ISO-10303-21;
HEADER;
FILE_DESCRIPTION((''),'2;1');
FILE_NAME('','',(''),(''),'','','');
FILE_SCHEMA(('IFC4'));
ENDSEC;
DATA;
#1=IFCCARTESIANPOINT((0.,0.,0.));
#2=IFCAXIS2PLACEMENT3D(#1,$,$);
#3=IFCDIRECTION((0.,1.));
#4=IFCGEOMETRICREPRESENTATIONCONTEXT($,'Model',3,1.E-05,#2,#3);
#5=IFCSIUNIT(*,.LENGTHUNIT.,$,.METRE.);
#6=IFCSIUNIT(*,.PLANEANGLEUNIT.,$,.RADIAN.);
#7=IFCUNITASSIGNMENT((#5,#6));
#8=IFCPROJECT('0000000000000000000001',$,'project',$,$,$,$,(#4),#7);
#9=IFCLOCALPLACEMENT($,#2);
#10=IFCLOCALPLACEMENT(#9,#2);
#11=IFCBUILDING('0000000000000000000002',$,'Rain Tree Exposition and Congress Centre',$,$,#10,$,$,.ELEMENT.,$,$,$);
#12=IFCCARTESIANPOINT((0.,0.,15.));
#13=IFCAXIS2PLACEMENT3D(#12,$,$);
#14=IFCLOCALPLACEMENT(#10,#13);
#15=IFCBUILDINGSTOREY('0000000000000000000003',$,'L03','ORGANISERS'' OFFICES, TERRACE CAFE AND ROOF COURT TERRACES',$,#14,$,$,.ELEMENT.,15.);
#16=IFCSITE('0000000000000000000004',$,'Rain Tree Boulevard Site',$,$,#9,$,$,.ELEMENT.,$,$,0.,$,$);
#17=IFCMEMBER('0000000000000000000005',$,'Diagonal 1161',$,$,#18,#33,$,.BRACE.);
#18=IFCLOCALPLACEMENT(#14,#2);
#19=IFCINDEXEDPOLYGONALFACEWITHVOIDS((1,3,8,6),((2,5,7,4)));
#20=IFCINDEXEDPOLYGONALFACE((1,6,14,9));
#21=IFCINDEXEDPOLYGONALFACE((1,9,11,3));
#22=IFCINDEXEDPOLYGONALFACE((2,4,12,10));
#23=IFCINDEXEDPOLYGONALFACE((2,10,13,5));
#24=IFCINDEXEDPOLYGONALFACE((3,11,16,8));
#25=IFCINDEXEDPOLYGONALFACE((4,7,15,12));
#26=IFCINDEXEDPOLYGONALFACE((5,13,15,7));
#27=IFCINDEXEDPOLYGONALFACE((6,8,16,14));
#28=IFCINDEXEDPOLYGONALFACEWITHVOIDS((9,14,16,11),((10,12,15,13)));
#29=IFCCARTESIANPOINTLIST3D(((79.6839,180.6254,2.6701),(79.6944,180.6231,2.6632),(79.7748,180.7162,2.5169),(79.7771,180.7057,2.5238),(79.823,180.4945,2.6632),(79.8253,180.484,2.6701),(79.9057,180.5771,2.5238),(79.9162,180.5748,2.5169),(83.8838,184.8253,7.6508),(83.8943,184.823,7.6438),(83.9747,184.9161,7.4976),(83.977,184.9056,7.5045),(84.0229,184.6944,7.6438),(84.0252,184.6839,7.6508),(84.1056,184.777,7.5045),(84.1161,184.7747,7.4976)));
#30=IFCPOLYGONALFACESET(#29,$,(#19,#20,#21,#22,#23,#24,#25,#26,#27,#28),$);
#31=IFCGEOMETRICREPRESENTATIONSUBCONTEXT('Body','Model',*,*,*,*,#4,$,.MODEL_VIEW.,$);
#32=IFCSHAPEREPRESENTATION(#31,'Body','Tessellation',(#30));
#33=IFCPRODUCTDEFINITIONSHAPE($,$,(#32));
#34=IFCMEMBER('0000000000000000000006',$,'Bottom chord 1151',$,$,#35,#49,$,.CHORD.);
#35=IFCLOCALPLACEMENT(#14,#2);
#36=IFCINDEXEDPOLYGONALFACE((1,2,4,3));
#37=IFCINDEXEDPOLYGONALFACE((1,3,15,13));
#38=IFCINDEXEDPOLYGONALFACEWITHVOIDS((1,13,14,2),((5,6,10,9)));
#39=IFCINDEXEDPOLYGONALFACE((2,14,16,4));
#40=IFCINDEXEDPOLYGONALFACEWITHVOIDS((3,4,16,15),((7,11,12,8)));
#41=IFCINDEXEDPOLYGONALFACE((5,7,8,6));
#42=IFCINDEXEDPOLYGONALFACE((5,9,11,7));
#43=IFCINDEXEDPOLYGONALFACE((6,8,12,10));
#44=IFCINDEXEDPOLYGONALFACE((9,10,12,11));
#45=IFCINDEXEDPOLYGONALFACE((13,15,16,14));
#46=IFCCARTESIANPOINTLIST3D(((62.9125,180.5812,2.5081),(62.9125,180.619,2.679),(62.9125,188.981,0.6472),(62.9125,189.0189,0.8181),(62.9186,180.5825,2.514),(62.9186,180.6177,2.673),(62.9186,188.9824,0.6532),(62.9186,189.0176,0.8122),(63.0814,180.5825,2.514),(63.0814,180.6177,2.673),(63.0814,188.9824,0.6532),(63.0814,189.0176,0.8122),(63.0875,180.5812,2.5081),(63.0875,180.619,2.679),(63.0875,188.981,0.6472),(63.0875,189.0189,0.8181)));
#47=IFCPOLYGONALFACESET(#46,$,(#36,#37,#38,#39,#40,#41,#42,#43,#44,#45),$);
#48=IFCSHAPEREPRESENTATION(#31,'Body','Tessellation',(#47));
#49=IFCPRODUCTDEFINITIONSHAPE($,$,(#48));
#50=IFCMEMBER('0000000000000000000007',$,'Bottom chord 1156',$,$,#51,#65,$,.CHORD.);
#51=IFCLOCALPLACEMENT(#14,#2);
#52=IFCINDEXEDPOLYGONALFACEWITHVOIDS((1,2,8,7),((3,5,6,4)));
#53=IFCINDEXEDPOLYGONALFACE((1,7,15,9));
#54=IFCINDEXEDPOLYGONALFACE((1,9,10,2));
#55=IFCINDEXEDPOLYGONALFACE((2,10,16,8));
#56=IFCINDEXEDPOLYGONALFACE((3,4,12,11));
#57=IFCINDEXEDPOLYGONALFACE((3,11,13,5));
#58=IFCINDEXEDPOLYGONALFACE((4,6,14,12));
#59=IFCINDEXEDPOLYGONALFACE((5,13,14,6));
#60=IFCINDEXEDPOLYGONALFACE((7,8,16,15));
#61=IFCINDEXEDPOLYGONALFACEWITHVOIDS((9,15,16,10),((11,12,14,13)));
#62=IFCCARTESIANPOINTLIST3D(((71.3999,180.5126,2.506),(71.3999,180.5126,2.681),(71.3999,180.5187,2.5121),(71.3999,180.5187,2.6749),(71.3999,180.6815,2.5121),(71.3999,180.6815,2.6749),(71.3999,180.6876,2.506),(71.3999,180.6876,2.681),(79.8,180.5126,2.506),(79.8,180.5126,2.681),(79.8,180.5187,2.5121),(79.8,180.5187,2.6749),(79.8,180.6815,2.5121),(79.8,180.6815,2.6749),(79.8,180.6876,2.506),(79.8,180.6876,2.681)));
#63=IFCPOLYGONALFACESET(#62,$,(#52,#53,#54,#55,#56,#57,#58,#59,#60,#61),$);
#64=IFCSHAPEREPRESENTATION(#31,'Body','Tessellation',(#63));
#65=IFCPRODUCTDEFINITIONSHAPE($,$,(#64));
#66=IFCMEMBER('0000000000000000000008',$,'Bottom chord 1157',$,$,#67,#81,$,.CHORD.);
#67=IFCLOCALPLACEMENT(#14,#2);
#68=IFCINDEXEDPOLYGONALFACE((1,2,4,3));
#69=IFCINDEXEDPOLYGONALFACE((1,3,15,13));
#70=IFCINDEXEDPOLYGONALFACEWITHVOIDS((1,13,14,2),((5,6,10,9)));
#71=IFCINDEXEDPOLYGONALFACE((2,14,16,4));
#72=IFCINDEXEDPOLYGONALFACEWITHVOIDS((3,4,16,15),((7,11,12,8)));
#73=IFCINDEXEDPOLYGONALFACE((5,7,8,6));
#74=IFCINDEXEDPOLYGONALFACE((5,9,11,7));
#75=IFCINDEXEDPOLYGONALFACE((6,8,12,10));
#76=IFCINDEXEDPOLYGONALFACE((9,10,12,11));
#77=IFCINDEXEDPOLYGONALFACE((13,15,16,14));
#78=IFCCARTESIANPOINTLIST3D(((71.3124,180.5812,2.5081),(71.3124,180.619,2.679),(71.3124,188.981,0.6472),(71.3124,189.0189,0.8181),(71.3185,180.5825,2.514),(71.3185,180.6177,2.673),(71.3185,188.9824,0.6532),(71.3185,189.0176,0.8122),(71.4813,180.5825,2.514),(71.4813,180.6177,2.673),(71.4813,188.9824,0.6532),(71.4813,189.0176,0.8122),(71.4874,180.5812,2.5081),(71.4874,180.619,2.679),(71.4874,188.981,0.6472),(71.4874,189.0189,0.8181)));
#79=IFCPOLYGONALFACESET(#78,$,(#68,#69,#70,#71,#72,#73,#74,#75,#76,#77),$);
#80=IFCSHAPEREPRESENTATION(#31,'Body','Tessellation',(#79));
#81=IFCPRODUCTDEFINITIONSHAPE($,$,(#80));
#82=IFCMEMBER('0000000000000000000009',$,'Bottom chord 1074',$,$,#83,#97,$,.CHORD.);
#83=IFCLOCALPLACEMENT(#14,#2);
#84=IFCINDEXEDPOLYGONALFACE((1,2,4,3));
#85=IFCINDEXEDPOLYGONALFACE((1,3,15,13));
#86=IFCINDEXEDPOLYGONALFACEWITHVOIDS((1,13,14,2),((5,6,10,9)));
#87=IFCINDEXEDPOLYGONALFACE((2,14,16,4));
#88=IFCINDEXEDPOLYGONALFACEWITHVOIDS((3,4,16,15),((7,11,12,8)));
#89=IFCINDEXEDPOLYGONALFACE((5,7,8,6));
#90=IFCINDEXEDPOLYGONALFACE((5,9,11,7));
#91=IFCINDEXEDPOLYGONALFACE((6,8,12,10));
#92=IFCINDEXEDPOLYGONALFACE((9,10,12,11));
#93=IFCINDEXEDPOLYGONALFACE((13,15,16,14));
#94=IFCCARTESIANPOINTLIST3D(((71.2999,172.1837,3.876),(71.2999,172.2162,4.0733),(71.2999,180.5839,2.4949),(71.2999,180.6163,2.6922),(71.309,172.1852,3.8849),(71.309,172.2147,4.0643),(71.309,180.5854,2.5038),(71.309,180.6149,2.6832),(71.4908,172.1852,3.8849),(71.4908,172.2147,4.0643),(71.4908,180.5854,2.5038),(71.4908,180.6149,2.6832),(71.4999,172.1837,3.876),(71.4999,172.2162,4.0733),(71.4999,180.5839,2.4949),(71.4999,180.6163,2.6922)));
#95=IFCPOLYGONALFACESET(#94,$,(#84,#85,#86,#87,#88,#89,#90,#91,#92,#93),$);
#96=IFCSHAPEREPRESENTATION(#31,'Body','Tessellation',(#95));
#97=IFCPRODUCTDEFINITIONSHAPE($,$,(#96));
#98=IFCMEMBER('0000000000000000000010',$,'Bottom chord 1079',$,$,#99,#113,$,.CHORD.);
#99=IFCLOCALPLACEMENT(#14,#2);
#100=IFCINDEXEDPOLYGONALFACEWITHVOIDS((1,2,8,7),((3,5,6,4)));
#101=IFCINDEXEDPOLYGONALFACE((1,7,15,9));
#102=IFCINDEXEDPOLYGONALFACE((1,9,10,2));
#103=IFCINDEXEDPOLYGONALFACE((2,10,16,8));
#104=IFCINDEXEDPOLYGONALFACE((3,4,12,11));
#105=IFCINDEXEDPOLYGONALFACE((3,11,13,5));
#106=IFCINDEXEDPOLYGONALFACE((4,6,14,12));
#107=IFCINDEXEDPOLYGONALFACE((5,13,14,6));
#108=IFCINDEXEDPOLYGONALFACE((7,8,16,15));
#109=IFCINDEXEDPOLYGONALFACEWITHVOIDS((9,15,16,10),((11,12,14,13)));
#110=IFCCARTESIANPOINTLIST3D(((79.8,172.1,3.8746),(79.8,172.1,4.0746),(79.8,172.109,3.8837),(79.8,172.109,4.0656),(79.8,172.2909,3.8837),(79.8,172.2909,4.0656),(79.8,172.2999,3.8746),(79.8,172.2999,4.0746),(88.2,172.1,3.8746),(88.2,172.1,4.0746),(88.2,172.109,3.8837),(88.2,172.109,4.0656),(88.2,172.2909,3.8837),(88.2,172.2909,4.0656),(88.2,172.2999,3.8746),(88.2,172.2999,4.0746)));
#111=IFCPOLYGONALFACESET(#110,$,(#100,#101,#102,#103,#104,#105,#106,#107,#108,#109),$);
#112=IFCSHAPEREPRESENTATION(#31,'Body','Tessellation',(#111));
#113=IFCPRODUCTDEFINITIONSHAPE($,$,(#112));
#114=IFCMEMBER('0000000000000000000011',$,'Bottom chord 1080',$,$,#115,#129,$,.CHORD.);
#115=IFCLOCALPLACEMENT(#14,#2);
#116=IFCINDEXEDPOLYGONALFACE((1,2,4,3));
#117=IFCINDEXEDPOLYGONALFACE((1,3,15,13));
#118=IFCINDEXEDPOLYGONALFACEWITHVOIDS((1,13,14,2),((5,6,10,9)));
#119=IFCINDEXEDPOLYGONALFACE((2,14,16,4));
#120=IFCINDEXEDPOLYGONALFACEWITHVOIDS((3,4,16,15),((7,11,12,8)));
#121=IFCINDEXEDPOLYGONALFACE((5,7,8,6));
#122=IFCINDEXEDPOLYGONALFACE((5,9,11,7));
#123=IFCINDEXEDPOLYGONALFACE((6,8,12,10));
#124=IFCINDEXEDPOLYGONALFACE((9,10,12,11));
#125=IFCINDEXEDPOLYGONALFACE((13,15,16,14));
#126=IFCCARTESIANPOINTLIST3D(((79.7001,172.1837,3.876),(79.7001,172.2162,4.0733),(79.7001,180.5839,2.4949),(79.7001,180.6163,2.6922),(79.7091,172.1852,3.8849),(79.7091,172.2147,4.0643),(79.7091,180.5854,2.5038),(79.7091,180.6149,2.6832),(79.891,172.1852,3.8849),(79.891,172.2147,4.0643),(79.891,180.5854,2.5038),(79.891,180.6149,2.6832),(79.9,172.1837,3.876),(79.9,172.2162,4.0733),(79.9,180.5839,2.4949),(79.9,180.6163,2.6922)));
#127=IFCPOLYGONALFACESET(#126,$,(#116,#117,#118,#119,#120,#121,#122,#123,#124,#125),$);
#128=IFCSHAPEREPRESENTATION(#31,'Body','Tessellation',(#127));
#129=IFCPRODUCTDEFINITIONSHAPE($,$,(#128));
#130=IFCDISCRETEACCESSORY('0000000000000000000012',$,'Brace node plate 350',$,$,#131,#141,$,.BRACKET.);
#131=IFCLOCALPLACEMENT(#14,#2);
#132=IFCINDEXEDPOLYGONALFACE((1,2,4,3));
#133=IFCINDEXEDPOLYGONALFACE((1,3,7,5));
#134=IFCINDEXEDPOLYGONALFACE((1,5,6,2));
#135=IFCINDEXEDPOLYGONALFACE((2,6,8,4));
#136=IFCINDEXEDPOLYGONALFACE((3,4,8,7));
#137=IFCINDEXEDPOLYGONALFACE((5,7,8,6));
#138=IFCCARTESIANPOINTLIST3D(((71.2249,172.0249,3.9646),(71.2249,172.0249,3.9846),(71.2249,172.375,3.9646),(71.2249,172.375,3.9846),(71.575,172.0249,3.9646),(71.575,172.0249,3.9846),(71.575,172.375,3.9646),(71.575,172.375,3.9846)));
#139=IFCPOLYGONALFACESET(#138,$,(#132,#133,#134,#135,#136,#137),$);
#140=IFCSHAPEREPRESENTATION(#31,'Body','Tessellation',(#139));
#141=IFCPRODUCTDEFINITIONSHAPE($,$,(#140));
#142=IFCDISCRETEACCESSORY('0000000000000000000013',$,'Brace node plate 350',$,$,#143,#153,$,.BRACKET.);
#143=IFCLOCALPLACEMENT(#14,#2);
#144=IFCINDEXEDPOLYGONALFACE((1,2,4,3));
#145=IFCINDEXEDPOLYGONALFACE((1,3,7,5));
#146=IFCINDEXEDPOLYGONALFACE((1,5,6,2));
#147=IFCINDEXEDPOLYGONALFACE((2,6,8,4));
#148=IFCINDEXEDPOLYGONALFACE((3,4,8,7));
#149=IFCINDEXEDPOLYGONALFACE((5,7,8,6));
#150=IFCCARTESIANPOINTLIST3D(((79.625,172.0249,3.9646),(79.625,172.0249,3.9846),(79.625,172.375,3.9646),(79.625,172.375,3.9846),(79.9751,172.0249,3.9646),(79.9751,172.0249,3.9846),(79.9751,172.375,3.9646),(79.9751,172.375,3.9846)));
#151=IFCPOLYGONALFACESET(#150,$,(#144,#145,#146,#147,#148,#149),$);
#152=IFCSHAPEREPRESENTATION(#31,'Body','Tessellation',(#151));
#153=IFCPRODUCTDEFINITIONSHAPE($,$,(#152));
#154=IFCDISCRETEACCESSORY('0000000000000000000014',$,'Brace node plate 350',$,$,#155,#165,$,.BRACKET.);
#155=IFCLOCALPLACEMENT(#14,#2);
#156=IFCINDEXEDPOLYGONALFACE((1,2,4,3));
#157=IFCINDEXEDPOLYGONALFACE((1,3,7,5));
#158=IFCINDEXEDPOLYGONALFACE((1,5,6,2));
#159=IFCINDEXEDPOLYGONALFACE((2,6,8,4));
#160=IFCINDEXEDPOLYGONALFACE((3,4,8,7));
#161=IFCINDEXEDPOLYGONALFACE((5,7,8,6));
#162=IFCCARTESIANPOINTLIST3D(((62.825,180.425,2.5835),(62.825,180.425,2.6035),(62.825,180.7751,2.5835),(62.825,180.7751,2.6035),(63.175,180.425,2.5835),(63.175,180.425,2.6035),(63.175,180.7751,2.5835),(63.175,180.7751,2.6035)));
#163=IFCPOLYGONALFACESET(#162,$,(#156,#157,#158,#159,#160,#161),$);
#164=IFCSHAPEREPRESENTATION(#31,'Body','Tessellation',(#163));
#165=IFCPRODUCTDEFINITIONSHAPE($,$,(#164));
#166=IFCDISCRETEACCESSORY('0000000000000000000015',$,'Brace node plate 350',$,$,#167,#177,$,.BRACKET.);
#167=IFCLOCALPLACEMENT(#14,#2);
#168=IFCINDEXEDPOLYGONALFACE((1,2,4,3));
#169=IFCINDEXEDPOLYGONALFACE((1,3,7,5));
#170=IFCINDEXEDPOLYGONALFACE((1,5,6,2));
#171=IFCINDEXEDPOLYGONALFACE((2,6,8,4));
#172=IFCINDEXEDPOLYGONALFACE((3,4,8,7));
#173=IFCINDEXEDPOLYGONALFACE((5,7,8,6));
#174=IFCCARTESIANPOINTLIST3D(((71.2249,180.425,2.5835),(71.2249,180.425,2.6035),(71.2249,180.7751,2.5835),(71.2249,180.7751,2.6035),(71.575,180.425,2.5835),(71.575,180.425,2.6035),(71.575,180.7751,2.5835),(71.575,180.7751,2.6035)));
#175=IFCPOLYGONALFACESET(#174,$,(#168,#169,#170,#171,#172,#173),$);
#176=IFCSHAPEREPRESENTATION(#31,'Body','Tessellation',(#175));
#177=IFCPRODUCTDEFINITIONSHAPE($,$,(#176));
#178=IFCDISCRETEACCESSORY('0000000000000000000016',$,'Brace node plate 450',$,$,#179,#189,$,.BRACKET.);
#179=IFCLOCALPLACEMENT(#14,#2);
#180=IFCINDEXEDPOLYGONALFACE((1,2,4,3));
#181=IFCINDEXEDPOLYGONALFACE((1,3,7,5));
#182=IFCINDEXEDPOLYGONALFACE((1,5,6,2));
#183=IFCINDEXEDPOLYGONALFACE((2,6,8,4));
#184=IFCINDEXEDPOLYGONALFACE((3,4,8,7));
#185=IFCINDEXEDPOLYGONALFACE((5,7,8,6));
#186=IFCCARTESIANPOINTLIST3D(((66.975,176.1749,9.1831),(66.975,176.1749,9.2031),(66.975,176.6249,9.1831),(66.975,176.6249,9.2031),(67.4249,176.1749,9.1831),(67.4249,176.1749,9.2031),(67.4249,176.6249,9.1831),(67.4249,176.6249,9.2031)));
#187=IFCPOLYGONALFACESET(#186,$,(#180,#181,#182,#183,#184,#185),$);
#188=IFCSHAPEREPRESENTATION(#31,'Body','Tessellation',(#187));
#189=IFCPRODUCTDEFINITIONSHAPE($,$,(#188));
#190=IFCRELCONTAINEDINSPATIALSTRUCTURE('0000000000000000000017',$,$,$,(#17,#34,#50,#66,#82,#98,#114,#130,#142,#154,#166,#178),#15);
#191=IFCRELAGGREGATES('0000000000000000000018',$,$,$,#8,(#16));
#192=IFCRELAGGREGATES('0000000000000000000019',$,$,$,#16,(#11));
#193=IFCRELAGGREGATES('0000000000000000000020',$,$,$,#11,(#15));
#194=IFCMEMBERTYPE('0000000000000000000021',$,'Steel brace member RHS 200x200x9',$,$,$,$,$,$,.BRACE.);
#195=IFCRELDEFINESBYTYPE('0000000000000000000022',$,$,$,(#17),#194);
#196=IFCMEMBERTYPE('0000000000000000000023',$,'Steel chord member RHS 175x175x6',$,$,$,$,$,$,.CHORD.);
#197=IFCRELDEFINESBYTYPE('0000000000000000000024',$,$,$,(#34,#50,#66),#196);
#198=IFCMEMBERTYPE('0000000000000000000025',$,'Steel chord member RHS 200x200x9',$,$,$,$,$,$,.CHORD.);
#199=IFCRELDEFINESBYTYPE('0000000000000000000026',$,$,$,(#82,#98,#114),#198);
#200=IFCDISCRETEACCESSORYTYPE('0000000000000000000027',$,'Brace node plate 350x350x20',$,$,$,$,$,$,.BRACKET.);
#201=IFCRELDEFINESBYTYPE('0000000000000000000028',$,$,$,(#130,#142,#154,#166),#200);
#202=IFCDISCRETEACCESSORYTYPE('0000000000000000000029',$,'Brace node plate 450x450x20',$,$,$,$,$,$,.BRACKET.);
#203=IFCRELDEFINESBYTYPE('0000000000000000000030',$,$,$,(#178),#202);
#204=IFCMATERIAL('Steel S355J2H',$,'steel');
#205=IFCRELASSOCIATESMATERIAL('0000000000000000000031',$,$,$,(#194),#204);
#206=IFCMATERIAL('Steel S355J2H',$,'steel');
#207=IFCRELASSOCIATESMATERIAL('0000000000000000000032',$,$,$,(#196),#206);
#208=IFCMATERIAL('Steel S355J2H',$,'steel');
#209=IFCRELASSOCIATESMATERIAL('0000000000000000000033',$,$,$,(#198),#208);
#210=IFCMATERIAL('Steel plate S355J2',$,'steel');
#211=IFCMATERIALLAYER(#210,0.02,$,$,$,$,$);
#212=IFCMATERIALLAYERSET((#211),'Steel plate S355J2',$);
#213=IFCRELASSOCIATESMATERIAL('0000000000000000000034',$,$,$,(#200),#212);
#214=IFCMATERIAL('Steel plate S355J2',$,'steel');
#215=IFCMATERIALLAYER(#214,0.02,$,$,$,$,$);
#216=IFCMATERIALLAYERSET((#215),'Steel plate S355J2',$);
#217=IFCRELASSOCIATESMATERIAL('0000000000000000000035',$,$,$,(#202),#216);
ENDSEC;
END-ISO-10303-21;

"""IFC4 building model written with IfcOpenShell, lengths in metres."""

from ifc_helpers import new_model, si_unit, direction, frame, origin, origin_2d, place, context, subcontext, project, spatial, rectangle, hollow_rectangle, extrude, material, layer, layer_set, material_profile, profile_set, type_object, element, save


model = new_model("IFC4")

# Units and contexts
model_context = context("Model", 3, precision=1e-05, world=origin(), true_north=direction((0.0, 1.0)))
body_context = subcontext(model_context, "Body", "Model", "MODEL_VIEW")
ifc_project = project(units=[si_unit("LENGTHUNIT", "METRE"), si_unit("PLANEANGLEUNIT", "RADIAN")], contexts=[model_context])

# Site, building, storey
site_placement = place(None, origin())
site = spatial("IfcSite", under=ifc_project, at=site_placement, Name="Rain Tree Boulevard Site", CompositionType="ELEMENT", RefElevation=0.0)
building_placement = place(site_placement, origin())
building = spatial("IfcBuilding", under=site, at=building_placement, Name="Rain Tree Exposition and Congress Centre", CompositionType="ELEMENT")
storey_placement = place(building_placement, frame((0.0, 0.0, 15.0)))
storey = spatial("IfcBuildingStorey", under=building, at=storey_placement, Name="L03", Description="ORGANISERS' OFFICES, TERRACE CAFE AND ROOF COURT TERRACES", CompositionType="ELEMENT", Elevation=15.0)

# Members
ifc_material_1 = material(Name="Steel S355J2H", Category="steel")
ifc_material_profile_1 = material_profile(ifc_material_1, hollow_rectangle(XDim=0.2, YDim=0.2, WallThickness=0.009, at=origin_2d()), Name="RHS 200x200x9")
ifc_profile_set_1 = profile_set([ifc_material_profile_1], Name="Steel S355J2H")
member_type_1 = type_object("IfcMemberType", Name="Steel brace member RHS 200x200x9", PredefinedType="BRACE", material=ifc_profile_set_1)
for number, where, z_axis, x_axis, name in (
    (1, (79.8, 180.6001, 2.5935), (0.54182, 0.54182, 0.642543), (-0.707107, 0.707107, 0.0), "Diagonal 1161"),
):
    element("IfcMember", number, at=place(storey_placement, frame(where, z_axis=z_axis, x_axis=x_axis)), inside=storey, type_object=member_type_1, Name=name, PredefinedType="BRACE", context=body_context, shape_type="SweptSolid", body=[
        extrude(hollow_rectangle(XDim=0.2, YDim=0.2, WallThickness=0.009, at=origin_2d()), origin(), (0.0, 0.0, 1.0), 7.7515),
    ])
ifc_material_2 = material(Name="Steel S355J2H", Category="steel")
ifc_material_profile_2 = material_profile(ifc_material_2, hollow_rectangle(XDim=0.175, YDim=0.175, WallThickness=0.0061, at=origin_2d()), Name="RHS 175x175x6")
ifc_profile_set_2 = profile_set([ifc_material_profile_2], Name="Steel S355J2H")
member_type_2 = type_object("IfcMemberType", Name="Steel chord member RHS 175x175x6", PredefinedType="CHORD", material=ifc_profile_set_2)
member_1_placement = place(storey_placement, frame((63.0, 180.6001, 2.5935), z_axis=(0.0, 0.97633, -0.216287), x_axis=(-1.0, 0.0, 0.0)))
element("IfcMember", 2, at=member_1_placement, inside=storey, type_object=member_type_2, Name="Bottom chord 1151", PredefinedType="CHORD", context=body_context, shape_type="SweptSolid", body=[
    extrude(hollow_rectangle(XDim=0.175, YDim=0.175, WallThickness=0.0061, at=origin_2d()), origin(), (0.0, 0.0, 1.0), 8.6035),
])
member_2_placement = place(storey_placement, frame((71.3999, 180.6001, 2.5935), z_axis=(1.0, 0.0, 0.0), x_axis=(0.0, 1.0, 0.0)))
element("IfcMember", 3, at=member_2_placement, inside=storey, type_object=member_type_2, Name="Bottom chord 1156", PredefinedType="CHORD", context=body_context, shape_type="SweptSolid", body=[
    extrude(hollow_rectangle(XDim=0.175, YDim=0.175, WallThickness=0.0061, at=origin_2d()), origin(), (0.0, 0.0, 1.0), 8.4001),
])
member_3_placement = place(storey_placement, frame((71.3999, 180.6001, 2.5935), z_axis=(0.0, 0.97633, -0.216287), x_axis=(-1.0, 0.0, 0.0)))
element("IfcMember", 4, at=member_3_placement, inside=storey, type_object=member_type_2, Name="Bottom chord 1157", PredefinedType="CHORD", context=body_context, shape_type="SweptSolid", body=[
    extrude(hollow_rectangle(XDim=0.175, YDim=0.175, WallThickness=0.0061, at=origin_2d()), origin(), (0.0, 0.0, 1.0), 8.6035),
])
ifc_material_3 = material(Name="Steel S355J2H", Category="steel")
ifc_material_profile_3 = material_profile(ifc_material_3, hollow_rectangle(XDim=0.2, YDim=0.2, WallThickness=0.009, at=origin_2d()), Name="RHS 200x200x9")
ifc_profile_set_3 = profile_set([ifc_material_profile_3], Name="Steel S355J2H")
member_type_3 = type_object("IfcMemberType", Name="Steel chord member RHS 200x200x9", PredefinedType="CHORD", material=ifc_profile_set_3)
member_4_placement = place(storey_placement, frame((71.3999, 172.2, 3.9746), z_axis=(0.0, 0.986752, -0.162236), x_axis=(-1.0, 0.0, 0.0)))
element("IfcMember", 5, at=member_4_placement, inside=storey, type_object=member_type_3, Name="Bottom chord 1074", PredefinedType="CHORD", context=body_context, shape_type="SweptSolid", body=[
    extrude(hollow_rectangle(XDim=0.2, YDim=0.2, WallThickness=0.009, at=origin_2d()), origin(), (0.0, 0.0, 1.0), 8.5129),
])
member_5_placement = place(storey_placement, frame((79.8, 172.2, 3.9746), z_axis=(1.0, 0.0, 0.0), x_axis=(0.0, 1.0, 0.0)))
element("IfcMember", 6, at=member_5_placement, inside=storey, type_object=member_type_3, Name="Bottom chord 1079", PredefinedType="CHORD", context=body_context, shape_type="SweptSolid", body=[
    extrude(hollow_rectangle(XDim=0.2, YDim=0.2, WallThickness=0.009, at=origin_2d()), origin(), (0.0, 0.0, 1.0), 8.3999),
])
member_6_placement = place(storey_placement, frame((79.8, 172.2, 3.9746), z_axis=(0.0, 0.986752, -0.162236), x_axis=(-1.0, 0.0, 0.0)))
element("IfcMember", 7, at=member_6_placement, inside=storey, type_object=member_type_3, Name="Bottom chord 1080", PredefinedType="CHORD", context=body_context, shape_type="SweptSolid", body=[
    extrude(hollow_rectangle(XDim=0.2, YDim=0.2, WallThickness=0.009, at=origin_2d()), origin(), (0.0, 0.0, 1.0), 8.5129),
])

# Discrete accessories
ifc_material_4 = material(Name="Steel plate S355J2", Category="steel")
ifc_layer_1 = layer(ifc_material_4, 0.02)
ifc_layer_set_1 = layer_set([ifc_layer_1], Name="Steel plate S355J2")
discrete_accessory_type_1 = type_object("IfcDiscreteAccessoryType", Name="Brace node plate 350x350x20", PredefinedType="BRACKET", material=ifc_layer_set_1)
for number, where, z_axis, x_axis, name in (
    (8, (71.3999, 172.2, 3.9646), (0.0, 0.0, 1.0), (1.0, 0.0, 0.0), "Brace node plate 350"),
    (9, (79.8, 172.2, 3.9646), (0.0, 0.0, 1.0), (1.0, 0.0, 0.0), "Brace node plate 350"),
    (10, (63.0, 180.6001, 2.5835), (0.0, 0.0, 1.0), (1.0, 0.0, 0.0), "Brace node plate 350"),
    (11, (71.3999, 180.6001, 2.5835), (0.0, 0.0, 1.0), (1.0, 0.0, 0.0), "Brace node plate 350"),
):
    element("IfcDiscreteAccessory", number, at=place(storey_placement, frame(where, z_axis=z_axis, x_axis=x_axis)), inside=storey, type_object=discrete_accessory_type_1, Name=name, PredefinedType="BRACKET", context=body_context, shape_type="SweptSolid", body=[
        extrude(rectangle(XDim=0.3501, YDim=0.3501, at=origin_2d()), origin(), (0.0, 0.0, 1.0), 0.02),
    ])
ifc_material_5 = material(Name="Steel plate S355J2", Category="steel")
ifc_layer_2 = layer(ifc_material_5, 0.02)
ifc_layer_set_2 = layer_set([ifc_layer_2], Name="Steel plate S355J2")
discrete_accessory_type_2 = type_object("IfcDiscreteAccessoryType", Name="Brace node plate 450x450x20", PredefinedType="BRACKET", material=ifc_layer_set_2)
for number, where, z_axis, x_axis, name in (
    (12, (67.2, 176.3999, 9.1831), (0.0, 0.0, 1.0), (1.0, 0.0, 0.0), "Brace node plate 450"),
):
    element("IfcDiscreteAccessory", number, at=place(storey_placement, frame(where, z_axis=z_axis, x_axis=x_axis)), inside=storey, type_object=discrete_accessory_type_2, Name=name, PredefinedType="BRACKET", context=body_context, shape_type="SweptSolid", body=[
        extrude(rectangle(XDim=0.45, YDim=0.45, at=origin_2d()), origin(), (0.0, 0.0, 1.0), 0.02),
    ])

save(model, "model.ifc")
